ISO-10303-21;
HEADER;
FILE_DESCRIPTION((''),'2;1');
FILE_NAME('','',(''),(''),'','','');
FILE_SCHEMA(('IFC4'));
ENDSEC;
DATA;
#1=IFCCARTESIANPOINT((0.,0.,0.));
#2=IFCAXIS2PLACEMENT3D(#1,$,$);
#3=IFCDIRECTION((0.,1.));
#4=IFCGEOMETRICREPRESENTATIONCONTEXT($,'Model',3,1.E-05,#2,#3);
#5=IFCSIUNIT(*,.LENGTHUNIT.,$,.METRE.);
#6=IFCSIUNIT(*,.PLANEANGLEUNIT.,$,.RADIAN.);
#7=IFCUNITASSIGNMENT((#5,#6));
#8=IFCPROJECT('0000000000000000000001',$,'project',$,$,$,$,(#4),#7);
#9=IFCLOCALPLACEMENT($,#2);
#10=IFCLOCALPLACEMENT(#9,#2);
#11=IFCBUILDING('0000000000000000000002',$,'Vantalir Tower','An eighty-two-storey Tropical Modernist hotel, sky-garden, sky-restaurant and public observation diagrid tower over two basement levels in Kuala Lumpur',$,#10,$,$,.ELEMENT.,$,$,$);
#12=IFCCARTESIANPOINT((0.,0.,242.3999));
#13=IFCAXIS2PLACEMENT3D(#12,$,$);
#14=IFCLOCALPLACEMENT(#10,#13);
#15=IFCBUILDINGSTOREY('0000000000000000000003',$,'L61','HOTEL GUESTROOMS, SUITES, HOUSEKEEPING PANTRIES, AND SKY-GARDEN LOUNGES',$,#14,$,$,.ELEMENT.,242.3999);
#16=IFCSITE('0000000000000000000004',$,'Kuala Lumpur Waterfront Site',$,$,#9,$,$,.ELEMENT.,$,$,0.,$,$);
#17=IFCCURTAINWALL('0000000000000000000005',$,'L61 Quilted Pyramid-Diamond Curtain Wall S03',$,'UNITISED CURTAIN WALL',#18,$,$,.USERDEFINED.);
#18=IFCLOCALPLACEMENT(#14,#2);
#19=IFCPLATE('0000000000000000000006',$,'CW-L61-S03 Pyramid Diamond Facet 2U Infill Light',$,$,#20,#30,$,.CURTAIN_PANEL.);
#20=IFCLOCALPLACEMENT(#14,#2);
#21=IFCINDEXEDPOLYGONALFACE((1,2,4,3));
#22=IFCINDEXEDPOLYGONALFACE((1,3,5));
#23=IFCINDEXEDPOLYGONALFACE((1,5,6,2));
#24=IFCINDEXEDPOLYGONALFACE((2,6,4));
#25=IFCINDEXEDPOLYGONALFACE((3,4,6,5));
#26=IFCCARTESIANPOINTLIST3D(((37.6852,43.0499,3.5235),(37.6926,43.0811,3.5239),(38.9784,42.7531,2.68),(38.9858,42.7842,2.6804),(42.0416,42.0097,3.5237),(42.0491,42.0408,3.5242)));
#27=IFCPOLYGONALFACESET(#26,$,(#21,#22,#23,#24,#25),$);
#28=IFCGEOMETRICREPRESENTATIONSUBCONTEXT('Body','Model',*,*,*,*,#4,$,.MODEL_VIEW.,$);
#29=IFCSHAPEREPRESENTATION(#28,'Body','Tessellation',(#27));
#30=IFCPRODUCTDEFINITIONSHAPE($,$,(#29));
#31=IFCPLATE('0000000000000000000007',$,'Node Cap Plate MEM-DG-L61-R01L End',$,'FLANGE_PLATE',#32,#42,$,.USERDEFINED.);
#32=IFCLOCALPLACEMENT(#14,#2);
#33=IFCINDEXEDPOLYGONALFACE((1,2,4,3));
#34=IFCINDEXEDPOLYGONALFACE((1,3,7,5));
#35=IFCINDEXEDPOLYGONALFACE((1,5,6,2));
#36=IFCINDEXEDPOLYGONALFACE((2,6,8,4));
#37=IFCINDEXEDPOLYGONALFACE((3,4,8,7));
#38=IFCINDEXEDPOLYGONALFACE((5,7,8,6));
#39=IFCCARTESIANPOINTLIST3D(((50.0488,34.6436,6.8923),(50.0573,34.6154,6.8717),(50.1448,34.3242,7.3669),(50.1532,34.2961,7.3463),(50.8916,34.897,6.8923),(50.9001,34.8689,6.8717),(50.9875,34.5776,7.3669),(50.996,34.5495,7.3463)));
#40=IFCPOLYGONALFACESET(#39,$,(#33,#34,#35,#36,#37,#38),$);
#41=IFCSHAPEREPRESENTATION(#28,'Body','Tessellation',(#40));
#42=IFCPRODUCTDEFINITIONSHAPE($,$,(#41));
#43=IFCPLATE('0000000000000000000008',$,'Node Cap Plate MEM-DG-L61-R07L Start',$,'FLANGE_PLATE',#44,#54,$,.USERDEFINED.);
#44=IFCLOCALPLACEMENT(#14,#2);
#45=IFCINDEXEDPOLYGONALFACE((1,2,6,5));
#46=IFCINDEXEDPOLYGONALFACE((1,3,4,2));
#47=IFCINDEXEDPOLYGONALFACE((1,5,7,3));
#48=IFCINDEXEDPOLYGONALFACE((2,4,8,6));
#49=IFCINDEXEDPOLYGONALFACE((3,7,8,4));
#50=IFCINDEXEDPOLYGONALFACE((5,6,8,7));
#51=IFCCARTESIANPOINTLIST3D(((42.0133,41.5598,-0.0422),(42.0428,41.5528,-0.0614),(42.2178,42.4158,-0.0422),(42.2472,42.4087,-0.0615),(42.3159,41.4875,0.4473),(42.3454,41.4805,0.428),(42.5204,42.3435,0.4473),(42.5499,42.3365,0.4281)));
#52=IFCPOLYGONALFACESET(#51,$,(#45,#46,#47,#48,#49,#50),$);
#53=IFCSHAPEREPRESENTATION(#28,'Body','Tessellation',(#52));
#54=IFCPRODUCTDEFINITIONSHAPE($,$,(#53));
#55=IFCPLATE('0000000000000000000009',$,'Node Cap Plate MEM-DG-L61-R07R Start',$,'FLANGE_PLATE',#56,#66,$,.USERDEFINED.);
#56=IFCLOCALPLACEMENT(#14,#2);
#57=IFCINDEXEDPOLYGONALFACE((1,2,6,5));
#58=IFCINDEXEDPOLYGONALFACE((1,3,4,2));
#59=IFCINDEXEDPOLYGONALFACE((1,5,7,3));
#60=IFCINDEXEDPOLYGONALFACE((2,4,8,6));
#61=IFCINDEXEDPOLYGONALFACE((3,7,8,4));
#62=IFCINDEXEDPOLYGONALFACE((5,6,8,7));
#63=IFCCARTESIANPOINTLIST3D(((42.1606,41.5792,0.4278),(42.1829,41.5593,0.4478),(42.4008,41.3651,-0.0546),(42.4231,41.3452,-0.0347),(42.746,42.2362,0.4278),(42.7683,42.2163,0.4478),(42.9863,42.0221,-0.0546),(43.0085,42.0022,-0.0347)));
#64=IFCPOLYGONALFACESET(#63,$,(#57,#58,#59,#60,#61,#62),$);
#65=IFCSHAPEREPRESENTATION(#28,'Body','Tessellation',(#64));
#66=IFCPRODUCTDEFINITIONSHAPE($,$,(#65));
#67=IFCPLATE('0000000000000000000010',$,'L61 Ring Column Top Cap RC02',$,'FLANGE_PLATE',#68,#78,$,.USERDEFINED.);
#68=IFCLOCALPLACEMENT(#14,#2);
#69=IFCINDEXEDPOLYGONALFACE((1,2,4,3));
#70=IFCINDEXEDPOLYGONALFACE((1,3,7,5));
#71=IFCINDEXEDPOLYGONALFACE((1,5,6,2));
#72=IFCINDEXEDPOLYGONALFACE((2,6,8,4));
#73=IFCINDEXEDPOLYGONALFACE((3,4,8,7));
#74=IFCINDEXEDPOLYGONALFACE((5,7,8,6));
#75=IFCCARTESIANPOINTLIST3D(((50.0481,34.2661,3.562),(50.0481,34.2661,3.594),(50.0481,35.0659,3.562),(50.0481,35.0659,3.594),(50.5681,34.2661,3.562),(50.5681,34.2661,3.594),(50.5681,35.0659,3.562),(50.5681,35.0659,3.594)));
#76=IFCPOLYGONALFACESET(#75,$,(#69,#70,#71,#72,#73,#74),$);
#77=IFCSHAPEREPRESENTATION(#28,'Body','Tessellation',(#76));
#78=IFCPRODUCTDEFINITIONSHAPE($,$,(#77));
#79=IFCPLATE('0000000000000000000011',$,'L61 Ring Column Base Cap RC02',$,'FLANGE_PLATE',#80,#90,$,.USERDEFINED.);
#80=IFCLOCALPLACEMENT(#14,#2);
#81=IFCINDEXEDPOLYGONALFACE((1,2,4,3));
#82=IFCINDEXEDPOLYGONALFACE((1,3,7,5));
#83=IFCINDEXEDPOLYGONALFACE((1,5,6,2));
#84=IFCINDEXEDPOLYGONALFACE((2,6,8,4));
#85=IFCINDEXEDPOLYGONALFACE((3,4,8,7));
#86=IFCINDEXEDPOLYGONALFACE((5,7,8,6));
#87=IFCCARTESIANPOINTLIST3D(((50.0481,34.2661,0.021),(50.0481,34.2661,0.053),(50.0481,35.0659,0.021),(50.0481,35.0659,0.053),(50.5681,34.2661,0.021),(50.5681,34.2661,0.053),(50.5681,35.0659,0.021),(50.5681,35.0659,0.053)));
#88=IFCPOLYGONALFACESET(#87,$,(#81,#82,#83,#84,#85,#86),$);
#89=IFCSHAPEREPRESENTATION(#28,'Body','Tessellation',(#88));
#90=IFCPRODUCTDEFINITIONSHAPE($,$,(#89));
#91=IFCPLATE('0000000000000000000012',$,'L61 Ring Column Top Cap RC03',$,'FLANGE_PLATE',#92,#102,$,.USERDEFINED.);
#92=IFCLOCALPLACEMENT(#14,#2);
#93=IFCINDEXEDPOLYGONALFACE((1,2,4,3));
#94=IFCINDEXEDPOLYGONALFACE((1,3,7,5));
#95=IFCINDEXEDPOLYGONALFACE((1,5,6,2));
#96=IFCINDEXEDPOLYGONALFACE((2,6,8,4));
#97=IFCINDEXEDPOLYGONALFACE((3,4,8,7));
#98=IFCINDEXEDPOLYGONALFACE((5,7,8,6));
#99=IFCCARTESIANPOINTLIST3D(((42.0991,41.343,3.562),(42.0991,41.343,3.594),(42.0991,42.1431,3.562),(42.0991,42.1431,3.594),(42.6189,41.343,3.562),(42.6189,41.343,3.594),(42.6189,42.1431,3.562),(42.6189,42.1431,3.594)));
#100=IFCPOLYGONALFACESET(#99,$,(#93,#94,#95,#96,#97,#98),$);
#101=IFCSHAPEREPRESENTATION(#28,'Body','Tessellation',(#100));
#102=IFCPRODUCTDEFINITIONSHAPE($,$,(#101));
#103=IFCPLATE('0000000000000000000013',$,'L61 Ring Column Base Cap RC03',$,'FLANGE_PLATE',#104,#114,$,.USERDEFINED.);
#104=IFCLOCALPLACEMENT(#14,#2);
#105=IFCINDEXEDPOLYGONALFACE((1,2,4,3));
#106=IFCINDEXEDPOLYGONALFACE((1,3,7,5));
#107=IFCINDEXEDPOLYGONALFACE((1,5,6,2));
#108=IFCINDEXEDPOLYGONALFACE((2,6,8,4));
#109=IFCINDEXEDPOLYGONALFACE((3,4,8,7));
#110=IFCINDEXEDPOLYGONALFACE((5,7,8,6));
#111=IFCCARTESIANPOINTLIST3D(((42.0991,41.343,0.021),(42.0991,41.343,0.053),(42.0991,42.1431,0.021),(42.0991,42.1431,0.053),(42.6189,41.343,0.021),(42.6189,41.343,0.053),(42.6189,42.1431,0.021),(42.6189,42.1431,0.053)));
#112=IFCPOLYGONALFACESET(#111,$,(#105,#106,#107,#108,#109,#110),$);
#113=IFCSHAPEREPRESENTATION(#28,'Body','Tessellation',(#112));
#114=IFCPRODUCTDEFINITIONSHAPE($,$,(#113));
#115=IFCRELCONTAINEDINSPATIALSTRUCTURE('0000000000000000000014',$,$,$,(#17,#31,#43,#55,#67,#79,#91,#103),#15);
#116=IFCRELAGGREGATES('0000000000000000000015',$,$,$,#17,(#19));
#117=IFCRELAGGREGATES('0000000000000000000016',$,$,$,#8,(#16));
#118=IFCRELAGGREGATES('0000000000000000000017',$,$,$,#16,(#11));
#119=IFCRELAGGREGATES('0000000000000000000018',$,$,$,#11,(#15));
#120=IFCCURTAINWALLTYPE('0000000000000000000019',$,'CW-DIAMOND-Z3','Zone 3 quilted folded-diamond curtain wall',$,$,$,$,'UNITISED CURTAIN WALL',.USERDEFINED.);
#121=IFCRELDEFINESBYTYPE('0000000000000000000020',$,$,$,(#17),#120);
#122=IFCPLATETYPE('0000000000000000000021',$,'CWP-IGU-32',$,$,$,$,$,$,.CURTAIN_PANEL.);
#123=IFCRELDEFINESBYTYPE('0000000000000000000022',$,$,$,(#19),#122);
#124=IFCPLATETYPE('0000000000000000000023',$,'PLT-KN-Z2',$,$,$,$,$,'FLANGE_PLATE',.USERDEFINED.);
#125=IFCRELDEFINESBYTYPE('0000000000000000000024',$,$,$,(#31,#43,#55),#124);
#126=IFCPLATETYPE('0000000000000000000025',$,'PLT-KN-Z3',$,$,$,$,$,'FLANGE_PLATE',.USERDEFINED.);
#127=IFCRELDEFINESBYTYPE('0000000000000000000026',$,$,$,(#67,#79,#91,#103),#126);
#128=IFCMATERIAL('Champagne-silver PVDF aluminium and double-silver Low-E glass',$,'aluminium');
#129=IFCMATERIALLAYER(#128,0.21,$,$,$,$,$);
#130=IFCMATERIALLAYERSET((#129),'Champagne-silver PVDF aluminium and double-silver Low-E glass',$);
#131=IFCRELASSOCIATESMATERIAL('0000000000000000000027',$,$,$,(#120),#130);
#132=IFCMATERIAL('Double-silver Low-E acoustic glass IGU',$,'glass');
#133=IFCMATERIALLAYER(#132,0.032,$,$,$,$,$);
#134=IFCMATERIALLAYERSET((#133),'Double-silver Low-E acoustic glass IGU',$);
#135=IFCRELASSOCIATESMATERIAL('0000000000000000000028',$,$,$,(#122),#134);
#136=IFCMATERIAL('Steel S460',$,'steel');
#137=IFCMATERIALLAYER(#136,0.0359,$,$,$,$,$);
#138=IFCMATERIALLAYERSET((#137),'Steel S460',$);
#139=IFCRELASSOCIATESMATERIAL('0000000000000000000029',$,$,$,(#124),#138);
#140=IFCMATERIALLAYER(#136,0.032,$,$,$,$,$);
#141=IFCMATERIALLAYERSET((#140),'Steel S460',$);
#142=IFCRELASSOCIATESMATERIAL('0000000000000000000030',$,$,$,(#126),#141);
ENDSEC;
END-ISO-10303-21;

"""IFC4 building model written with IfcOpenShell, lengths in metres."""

from ifc_helpers import new_model, si_unit, direction, frame, origin, place, context, subcontext, project, spatial, polyline, outline, extrude, material, layer, layer_set, type_object, element, aggregate, save


model = new_model("IFC4")

# Units and contexts
model_context = context("Model", 3, precision=1e-05, world=origin(), true_north=direction((0.0, 1.0)))
body_context = subcontext(model_context, "Body", "Model", "MODEL_VIEW")
ifc_project = project(units=[si_unit("LENGTHUNIT", "METRE"), si_unit("PLANEANGLEUNIT", "RADIAN")], contexts=[model_context])

# Site, building, storey
site_placement = place(None, origin())
site = spatial("IfcSite", under=ifc_project, at=site_placement, Name="Kuala Lumpur Waterfront Site", CompositionType="ELEMENT", RefElevation=0.0)
building_placement = place(site_placement, origin())
building = spatial("IfcBuilding", under=site, at=building_placement, Name="Vantalir Tower", Description="An eighty-two-storey Tropical Modernist hotel, sky-garden, sky-restaurant and public observation diagrid tower over two basement levels in Kuala Lumpur", CompositionType="ELEMENT")
storey_placement = place(building_placement, frame((0.0, 0.0, 242.3999)))
storey = spatial("IfcBuildingStorey", under=building, at=storey_placement, Name="L61", Description="HOTEL GUESTROOMS, SUITES, HOUSEKEEPING PANTRIES, AND SKY-GARDEN LOUNGES", CompositionType="ELEMENT", Elevation=242.3999)

# Shared definitions
ifc_material_1 = material(Name="Steel S460", Category="steel")

# Shared definitions
ifc_material_2 = material(Name="Champagne-silver PVDF aluminium and double-silver Low-E glass", Category="aluminium")
ifc_layer_1 = layer(ifc_material_2, 0.21)
ifc_layer_set_1 = layer_set([ifc_layer_1], Name="Champagne-silver PVDF aluminium and double-silver Low-E glass")
curtain_wall_type = type_object("IfcCurtainWallType", Name="CW-DIAMOND-Z3", Description="Zone 3 quilted folded-diamond curtain wall", ElementType="UNITISED CURTAIN WALL", PredefinedType="USERDEFINED", material=ifc_layer_set_1)

# Curtain wall
curtain_wall_1_placement = place(storey_placement, origin())
curtain_wall_1 = element("IfcCurtainWall", 1, at=curtain_wall_1_placement, inside=storey, type_object=curtain_wall_type, Name="L61 Quilted Pyramid-Diamond Curtain Wall S03", ObjectType="UNITISED CURTAIN WALL", PredefinedType="USERDEFINED")

# Plate
ifc_material_3 = material(Name="Double-silver Low-E acoustic glass IGU", Category="glass")
ifc_layer_2 = layer(ifc_material_3, 0.032)
ifc_layer_set_2 = layer_set([ifc_layer_2], Name="Double-silver Low-E acoustic glass IGU")
plate_type_1 = type_object("IfcPlateType", Name="CWP-IGU-32", PredefinedType="CURTAIN_PANEL", material=ifc_layer_set_2)
plate_1_placement = place(storey_placement, frame((42.0491, 42.0408, 3.5242), z_axis=(0.232239, 0.972561, 0.013758), x_axis=(-0.972653, 0.232262, -0.000055)))
plate_1 = element("IfcPlate", 2, at=plate_1_placement, type_object=plate_type_1, Name="CW-L61-S03 Pyramid Diamond Facet 2U Infill Light", PredefinedType="CURTAIN_PANEL", context=body_context, shape_type="SweptSolid", body=[
    extrude(outline(polyline([(0.0, 0.0), (4.4789, 0.0), (3.1522, -0.8437), (0.0, 0.0)])), origin(), (0.0, 0.0, -1.0), 0.032),
])
aggregate(curtain_wall_1, [plate_1])

# Plates
ifc_layer_3 = layer(ifc_material_1, 0.0359)
ifc_layer_set_3 = layer_set([ifc_layer_3], Name="Steel S460")
plate_type_2 = type_object("IfcPlateType", Name="PLT-KN-Z2", ElementType="FLANGE_PLATE", PredefinedType="USERDEFINED", material=ifc_layer_set_3)
plate_2_placement = place(storey_placement, frame((50.8916, 34.897, 6.8923), z_axis=(-0.235622, 0.78359, 0.574864), x_axis=(-0.957643, -0.287959, 0.0)))
element("IfcPlate", 3, at=plate_2_placement, inside=storey, type_object=plate_type_2, Name="Node Cap Plate MEM-DG-L61-R01L End", ObjectType="FLANGE_PLATE", PredefinedType="USERDEFINED", context=body_context, shape_type="SweptSolid", body=[
    extrude(outline(polyline([(0.0, 0.0), (0.88, 0.0), (0.8801, 0.58), (0.0001, 0.58), (0.0, 0.0)])), origin(), (0.0, 0.0, -1.0), 0.0359),
])
plate_3_placement = place(storey_placement, frame((42.2178, 42.4158, -0.0422), z_axis=(-0.820863, 0.196085, 0.536409), x_axis=(-0.232302, -0.972644, 0.000061)))
element("IfcPlate", 4, at=plate_3_placement, inside=storey, type_object=plate_type_2, Name="Node Cap Plate MEM-DG-L61-R07L Start", ObjectType="FLANGE_PLATE", PredefinedType="USERDEFINED", context=body_context, shape_type="SweptSolid", body=[
    extrude(outline(polyline([(0.0, 0.0), (0.88, 0.0), (0.8801, 0.5799), (0.0, 0.5801), (0.0, 0.0)])), origin(), (0.0, 0.0, -1.0), 0.0359),
])
plate_4_placement = place(storey_placement, frame((42.4231, 41.3452, -0.0347), z_axis=(0.621083, -0.553458, 0.554923), x_axis=(0.665293, 0.746582, 0.0)))
element("IfcPlate", 5, at=plate_4_placement, inside=storey, type_object=plate_type_2, Name="Node Cap Plate MEM-DG-L61-R07R Start", ObjectType="FLANGE_PLATE", PredefinedType="USERDEFINED", context=body_context, shape_type="SweptSolid", body=[
    extrude(outline(polyline([(0.0, 0.0), (0.88, 0.0), (0.88, 0.5799), (0.0, 0.5799), (0.0, 0.0)])), origin(), (0.0, 0.0, -1.0), 0.0359),
])
ifc_layer_4 = layer(ifc_material_1, 0.032)
ifc_layer_set_4 = layer_set([ifc_layer_4], Name="Steel S460")
plate_type_3 = type_object("IfcPlateType", Name="PLT-KN-Z3", ElementType="FLANGE_PLATE", PredefinedType="USERDEFINED", material=ifc_layer_set_4)
for number, where, z_axis, x_axis, name in (
    (6, (50.0481, 35.0659, 3.594), (0.0, 0.0, 1.0), (0.0, -1.0, 0.0), "L61 Ring Column Top Cap RC02"),
    (7, (50.0481, 35.0659, 0.053), (0.0, 0.0, 1.0), (0.0, -1.0, 0.0), "L61 Ring Column Base Cap RC02"),
):
    element("IfcPlate", number, at=place(storey_placement, frame(where, z_axis=z_axis, x_axis=x_axis)), inside=storey, type_object=plate_type_3, Name=name, ObjectType="FLANGE_PLATE", PredefinedType="USERDEFINED", context=body_context, shape_type="SweptSolid", body=[
        extrude(outline(polyline([(0.0, 0.0), (0.7998, 0.0), (0.7998, 0.52), (0.0, 0.52), (0.0, 0.0)])), origin(), (0.0, 0.0, -1.0), 0.032),
    ])
for number, where, z_axis, x_axis, name in (
    (8, (42.0991, 42.1431, 3.594), (0.0, 0.0, 1.0), (0.0, -1.0, 0.0), "L61 Ring Column Top Cap RC03"),
    (9, (42.0991, 42.1431, 0.053), (0.0, 0.0, 1.0), (0.0, -1.0, 0.0), "L61 Ring Column Base Cap RC03"),
):
    element("IfcPlate", number, at=place(storey_placement, frame(where, z_axis=z_axis, x_axis=x_axis)), inside=storey, type_object=plate_type_3, Name=name, ObjectType="FLANGE_PLATE", PredefinedType="USERDEFINED", context=body_context, shape_type="SweptSolid", body=[
        extrude(outline(polyline([(0.0, 0.0), (0.8, 0.0), (0.8, 0.5198), (0.0, 0.5198), (0.0, 0.0)])), origin(), (0.0, 0.0, -1.0), 0.032),
    ])

save(model, "model.ifc")
